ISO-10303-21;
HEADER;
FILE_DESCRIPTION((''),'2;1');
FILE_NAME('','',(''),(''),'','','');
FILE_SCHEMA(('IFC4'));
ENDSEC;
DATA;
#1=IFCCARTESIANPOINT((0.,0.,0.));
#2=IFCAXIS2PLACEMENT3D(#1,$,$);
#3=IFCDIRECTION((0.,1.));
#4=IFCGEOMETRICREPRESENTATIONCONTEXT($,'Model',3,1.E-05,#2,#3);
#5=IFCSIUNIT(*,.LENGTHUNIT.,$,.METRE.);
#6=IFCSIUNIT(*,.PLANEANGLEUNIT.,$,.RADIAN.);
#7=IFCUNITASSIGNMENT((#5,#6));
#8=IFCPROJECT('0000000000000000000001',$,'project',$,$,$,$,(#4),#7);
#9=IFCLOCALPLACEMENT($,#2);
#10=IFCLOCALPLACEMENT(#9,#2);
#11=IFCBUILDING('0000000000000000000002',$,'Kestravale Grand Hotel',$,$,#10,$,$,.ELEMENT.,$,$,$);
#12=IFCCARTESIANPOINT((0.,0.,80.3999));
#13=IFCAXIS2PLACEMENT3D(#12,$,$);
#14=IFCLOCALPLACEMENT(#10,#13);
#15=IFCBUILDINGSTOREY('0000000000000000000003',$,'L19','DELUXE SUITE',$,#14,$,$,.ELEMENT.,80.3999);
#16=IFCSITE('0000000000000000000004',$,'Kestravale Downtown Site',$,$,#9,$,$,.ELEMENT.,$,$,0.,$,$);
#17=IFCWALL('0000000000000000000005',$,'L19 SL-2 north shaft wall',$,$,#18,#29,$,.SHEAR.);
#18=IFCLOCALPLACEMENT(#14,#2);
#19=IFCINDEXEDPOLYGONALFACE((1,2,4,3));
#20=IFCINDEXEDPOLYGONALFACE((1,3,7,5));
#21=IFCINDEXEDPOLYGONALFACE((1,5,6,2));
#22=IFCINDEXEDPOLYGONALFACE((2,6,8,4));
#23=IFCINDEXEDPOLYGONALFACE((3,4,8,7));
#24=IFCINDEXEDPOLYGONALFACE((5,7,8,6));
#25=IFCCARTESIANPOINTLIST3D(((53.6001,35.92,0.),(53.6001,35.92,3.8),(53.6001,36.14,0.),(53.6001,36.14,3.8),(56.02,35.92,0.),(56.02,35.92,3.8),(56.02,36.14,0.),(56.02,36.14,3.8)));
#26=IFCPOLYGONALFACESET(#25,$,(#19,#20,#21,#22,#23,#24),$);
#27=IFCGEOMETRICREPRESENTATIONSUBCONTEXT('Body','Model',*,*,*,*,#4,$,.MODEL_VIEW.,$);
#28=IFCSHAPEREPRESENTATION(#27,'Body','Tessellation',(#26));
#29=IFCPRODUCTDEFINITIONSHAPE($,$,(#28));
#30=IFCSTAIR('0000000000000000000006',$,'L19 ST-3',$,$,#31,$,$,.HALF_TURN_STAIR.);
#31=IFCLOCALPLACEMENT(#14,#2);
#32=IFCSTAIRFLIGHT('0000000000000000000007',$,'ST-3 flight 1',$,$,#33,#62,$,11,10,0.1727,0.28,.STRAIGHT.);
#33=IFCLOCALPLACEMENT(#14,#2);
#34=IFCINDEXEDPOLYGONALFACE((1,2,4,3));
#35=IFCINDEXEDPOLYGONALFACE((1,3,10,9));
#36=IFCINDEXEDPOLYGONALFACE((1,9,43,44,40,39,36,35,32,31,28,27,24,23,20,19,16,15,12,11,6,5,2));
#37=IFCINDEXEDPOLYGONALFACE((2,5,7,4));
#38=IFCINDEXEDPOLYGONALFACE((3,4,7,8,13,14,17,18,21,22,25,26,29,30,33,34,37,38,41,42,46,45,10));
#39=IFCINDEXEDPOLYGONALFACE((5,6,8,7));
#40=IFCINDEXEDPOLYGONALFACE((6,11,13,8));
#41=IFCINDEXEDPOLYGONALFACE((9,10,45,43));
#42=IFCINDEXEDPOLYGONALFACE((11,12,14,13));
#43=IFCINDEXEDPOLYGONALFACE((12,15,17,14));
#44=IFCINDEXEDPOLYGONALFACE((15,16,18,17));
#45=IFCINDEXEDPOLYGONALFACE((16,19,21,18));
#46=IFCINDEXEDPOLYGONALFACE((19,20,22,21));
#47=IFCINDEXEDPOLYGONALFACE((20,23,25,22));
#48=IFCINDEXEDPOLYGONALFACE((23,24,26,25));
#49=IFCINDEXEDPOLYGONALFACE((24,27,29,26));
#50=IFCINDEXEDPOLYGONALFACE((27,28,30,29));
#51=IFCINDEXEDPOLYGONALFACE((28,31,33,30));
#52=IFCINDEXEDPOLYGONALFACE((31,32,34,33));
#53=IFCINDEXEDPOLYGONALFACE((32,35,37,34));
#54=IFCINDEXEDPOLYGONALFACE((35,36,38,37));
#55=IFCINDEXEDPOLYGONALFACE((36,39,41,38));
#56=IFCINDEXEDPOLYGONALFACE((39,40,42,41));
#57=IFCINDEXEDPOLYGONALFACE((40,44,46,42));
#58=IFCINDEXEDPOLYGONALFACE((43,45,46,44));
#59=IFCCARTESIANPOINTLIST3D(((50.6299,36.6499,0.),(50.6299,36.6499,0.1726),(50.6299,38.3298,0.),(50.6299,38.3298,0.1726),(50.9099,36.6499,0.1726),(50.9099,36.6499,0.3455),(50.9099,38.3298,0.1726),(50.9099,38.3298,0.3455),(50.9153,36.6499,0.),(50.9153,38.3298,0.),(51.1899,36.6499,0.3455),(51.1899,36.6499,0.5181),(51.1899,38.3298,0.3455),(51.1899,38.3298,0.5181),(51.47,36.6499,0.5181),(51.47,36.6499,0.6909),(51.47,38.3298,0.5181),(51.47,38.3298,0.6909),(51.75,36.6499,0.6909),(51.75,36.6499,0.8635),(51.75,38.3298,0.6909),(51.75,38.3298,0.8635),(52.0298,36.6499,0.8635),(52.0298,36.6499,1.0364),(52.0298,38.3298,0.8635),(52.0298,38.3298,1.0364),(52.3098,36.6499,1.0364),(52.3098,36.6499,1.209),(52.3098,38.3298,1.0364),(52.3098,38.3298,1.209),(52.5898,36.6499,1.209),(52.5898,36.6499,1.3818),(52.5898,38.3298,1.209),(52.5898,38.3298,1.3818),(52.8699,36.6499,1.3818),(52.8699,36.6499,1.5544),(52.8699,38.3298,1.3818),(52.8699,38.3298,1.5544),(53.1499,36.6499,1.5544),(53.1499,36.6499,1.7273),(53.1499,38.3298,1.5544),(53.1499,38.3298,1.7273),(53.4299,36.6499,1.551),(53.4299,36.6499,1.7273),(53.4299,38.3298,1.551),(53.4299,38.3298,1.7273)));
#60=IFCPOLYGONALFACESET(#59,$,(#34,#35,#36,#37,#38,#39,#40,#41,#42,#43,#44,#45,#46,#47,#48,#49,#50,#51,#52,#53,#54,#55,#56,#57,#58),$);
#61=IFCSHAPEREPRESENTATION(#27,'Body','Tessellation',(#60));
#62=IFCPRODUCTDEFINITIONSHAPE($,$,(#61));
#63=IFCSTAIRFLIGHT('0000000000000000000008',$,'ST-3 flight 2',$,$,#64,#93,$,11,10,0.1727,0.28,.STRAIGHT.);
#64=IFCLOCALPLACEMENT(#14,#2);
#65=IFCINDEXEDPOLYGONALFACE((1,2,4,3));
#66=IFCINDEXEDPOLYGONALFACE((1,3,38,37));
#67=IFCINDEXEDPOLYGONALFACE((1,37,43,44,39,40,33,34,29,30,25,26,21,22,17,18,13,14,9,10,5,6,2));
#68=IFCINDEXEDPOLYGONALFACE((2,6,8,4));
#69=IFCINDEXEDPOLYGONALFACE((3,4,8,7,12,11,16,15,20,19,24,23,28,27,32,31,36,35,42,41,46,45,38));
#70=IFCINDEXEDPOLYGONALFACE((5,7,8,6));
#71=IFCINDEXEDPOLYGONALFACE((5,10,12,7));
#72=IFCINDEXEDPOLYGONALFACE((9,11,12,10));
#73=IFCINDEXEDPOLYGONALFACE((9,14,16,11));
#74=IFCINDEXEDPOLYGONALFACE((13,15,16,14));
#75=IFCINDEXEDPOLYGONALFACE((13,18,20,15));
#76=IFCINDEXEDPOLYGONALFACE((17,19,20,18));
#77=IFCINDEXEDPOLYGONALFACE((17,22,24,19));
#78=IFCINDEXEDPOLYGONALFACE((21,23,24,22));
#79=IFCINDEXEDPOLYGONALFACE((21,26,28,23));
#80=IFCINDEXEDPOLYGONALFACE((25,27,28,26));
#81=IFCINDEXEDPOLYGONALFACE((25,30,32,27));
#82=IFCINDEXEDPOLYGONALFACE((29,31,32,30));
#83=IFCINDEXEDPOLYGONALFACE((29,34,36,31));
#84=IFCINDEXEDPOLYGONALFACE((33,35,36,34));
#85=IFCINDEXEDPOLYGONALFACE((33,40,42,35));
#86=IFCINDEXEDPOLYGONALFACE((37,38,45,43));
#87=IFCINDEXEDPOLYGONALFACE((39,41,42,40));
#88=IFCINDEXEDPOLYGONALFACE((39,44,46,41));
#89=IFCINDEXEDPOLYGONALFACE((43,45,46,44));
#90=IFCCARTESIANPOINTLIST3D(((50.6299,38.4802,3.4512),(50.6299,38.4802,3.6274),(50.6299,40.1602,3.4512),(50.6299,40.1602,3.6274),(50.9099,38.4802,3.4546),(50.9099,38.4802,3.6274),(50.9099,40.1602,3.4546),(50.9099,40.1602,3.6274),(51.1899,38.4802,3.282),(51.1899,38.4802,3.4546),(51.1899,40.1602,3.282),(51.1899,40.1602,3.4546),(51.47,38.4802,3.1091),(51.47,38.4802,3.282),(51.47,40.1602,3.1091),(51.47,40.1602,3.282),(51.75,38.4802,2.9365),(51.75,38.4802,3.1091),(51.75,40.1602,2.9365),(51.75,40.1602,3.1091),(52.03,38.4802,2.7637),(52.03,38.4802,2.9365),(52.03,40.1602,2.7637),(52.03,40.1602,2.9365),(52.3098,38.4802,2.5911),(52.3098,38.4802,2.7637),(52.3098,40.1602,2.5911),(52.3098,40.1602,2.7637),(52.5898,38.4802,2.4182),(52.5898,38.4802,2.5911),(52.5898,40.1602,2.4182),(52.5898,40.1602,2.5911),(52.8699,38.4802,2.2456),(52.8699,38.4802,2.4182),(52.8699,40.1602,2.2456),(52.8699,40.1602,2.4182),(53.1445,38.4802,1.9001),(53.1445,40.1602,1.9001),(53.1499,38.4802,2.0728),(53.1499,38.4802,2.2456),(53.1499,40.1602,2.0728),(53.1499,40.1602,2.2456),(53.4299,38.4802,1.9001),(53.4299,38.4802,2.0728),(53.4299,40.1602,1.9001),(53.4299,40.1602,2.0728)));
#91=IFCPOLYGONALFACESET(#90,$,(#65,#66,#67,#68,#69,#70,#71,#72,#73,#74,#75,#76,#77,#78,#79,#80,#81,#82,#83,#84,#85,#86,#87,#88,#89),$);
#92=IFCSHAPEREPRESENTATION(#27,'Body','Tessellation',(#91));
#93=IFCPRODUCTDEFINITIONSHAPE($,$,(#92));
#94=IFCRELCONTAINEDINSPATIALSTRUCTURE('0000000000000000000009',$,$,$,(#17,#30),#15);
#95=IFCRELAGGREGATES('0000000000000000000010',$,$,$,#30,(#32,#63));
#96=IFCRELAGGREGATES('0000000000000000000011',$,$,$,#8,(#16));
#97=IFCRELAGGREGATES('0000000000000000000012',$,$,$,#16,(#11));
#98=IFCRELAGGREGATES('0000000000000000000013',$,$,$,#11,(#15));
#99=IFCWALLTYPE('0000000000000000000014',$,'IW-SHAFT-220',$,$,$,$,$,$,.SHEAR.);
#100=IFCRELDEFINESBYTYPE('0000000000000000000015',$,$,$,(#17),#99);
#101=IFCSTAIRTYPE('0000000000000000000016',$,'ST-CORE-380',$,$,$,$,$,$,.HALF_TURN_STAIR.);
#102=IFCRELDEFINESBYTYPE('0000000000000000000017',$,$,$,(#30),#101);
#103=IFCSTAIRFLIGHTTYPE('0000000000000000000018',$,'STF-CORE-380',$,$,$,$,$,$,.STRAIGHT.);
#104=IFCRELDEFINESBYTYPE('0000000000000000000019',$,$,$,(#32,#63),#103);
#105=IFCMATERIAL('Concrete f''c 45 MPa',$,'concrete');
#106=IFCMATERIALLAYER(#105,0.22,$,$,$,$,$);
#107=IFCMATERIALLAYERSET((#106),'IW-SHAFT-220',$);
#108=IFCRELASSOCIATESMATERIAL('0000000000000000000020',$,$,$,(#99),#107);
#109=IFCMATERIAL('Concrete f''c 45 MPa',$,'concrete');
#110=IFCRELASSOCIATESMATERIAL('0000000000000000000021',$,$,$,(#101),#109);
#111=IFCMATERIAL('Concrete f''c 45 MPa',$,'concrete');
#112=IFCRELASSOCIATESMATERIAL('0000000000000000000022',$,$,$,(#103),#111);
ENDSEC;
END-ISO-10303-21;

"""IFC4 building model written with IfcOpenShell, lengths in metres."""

from ifc_helpers import new_model, si_unit, direction, frame, frame_2d, origin, place, context, subcontext, project, spatial, polyline, rectangle, outline, extrude, material, layer, layer_set, type_object, element, aggregate, save


model = new_model("IFC4")

# Units and contexts
model_context = context("Model", 3, precision=1e-05, world=origin(), true_north=direction((0.0, 1.0)))
body_context = subcontext(model_context, "Body", "Model", "MODEL_VIEW")
ifc_project = project(units=[si_unit("LENGTHUNIT", "METRE"), si_unit("PLANEANGLEUNIT", "RADIAN")], contexts=[model_context])

# Site, building, storey
site_placement = place(None, origin())
site = spatial("IfcSite", under=ifc_project, at=site_placement, Name="Kestravale Downtown Site", CompositionType="ELEMENT", RefElevation=0.0)
building_placement = place(site_placement, origin())
building = spatial("IfcBuilding", under=site, at=building_placement, Name="Kestravale Grand Hotel", CompositionType="ELEMENT")
storey_placement = place(building_placement, frame((0.0, 0.0, 80.3999)))
storey = spatial("IfcBuildingStorey", under=building, at=storey_placement, Name="L19", Description="DELUXE SUITE", CompositionType="ELEMENT", Elevation=80.3999)

# Shared definitions
ifc_material_1 = material(Name="Concrete f'c 45 MPa", Category="concrete")
ifc_layer_1 = layer(ifc_material_1, 0.22)
ifc_layer_set_1 = layer_set([ifc_layer_1], Name="IW-SHAFT-220")
wall_type_1 = type_object("IfcWallType", Name="IW-SHAFT-220", PredefinedType="SHEAR", material=ifc_layer_set_1)

# Wall
wall_1_placement = place(storey_placement, frame((53.6001, 36.03, 0.0), z_axis=(0.0, 0.0, 1.0), x_axis=(1.0, 0.0, 0.0)))
element("IfcWall", 1, at=wall_1_placement, inside=storey, type_object=wall_type_1, Name="L19 SL-2 north shaft wall", PredefinedType="SHEAR", context=body_context, shape_type="SweptSolid", body=[
    extrude(rectangle(XDim=2.4199, YDim=0.22, at=frame_2d((1.21, 0.0))), origin(), (0.0, 0.0, 1.0), 3.8),
])

# Stair, stair flights
ifc_material_2 = material(Name="Concrete f'c 45 MPa", Category="concrete")
stair_type = type_object("IfcStairType", Name="ST-CORE-380", PredefinedType="HALF_TURN_STAIR", material=ifc_material_2)
stair_placement = place(storey_placement, origin())
stair = element("IfcStair", 2, at=stair_placement, inside=storey, type_object=stair_type, Name="L19 ST-3", PredefinedType="HALF_TURN_STAIR")
ifc_material_3 = material(Name="Concrete f'c 45 MPa", Category="concrete")
stair_flight_type = type_object("IfcStairFlightType", Name="STF-CORE-380", PredefinedType="STRAIGHT", material=ifc_material_3)
stair_flight_1_placement = place(storey_placement, frame((50.6299, 37.49, 0.0), z_axis=(0.0, 0.0, 1.0), x_axis=(1.0, 0.0, 0.0)))
stair_flight_1 = element("IfcStairFlight", 3, at=stair_flight_1_placement, type_object=stair_flight_type, Name="ST-3 flight 1", NumberOfRisers=11, NumberOfTreads=10, PredefinedType="STRAIGHT", RiserHeight=0.1727, TreadLength=0.28, context=body_context, shape_type="SweptSolid", body=[
    extrude(outline(polyline([(0.0, 0.0), (0.0, 0.1726), (0.28, 0.1726), (0.28, 0.3455), (0.5601, 0.3455), (0.5601, 0.5181), (0.8401, 0.5181), (0.8401, 0.6909), (1.1201, 0.6909), (1.1201, 0.8635), (1.3999, 0.8635), (1.3999, 1.0364), (1.6799, 1.0364), (1.6799, 1.209), (1.96, 1.209), (1.96, 1.3818), (2.24, 1.3818), (2.24, 1.5544), (2.52, 1.5544), (2.52, 1.7273), (2.8, 1.7273), (2.8, 1.8999), (2.8, 1.551), (0.2854, 0.0), (0.0, 0.0)])), frame((0.0, 0.8398, 0.0), z_axis=(0.0, -1.0, 0.0), x_axis=(1.0, 0.0, 0.0)), (0.0, 0.0, 1.0), 1.6799),
])
stair_flight_2_placement = place(storey_placement, frame((53.4299, 39.3201, 1.9001), z_axis=(0.0, 0.0, 1.0), x_axis=(-1.0, 0.0, 0.0)))
stair_flight_2 = element("IfcStairFlight", 4, at=stair_flight_2_placement, type_object=stair_flight_type, Name="ST-3 flight 2", NumberOfRisers=11, NumberOfTreads=10, PredefinedType="STRAIGHT", RiserHeight=0.1727, TreadLength=0.28, context=body_context, shape_type="SweptSolid", body=[
    extrude(outline(polyline([(0.0, 0.0), (0.0, 0.1726), (0.28, 0.1726), (0.28, 0.3455), (0.5601, 0.3455), (0.5601, 0.5181), (0.8401, 0.5181), (0.8401, 0.6909), (1.1201, 0.6909), (1.1201, 0.8635), (1.3999, 0.8635), (1.3999, 1.0364), (1.6799, 1.0364), (1.6799, 1.209), (1.96, 1.209), (1.96, 1.3818), (2.24, 1.3818), (2.24, 1.5544), (2.52, 1.5544), (2.52, 1.7273), (2.8, 1.7273), (2.8, 1.8999), (2.8, 1.551), (0.2854, 0.0), (0.0, 0.0)])), frame((0.0, 0.8398, 0.0), z_axis=(0.0, -1.0, 0.0), x_axis=(1.0, 0.0, 0.0)), (0.0, 0.0, 1.0), 1.6799),
])
aggregate(stair, [stair_flight_1, stair_flight_2])

save(model, "model.ifc")
